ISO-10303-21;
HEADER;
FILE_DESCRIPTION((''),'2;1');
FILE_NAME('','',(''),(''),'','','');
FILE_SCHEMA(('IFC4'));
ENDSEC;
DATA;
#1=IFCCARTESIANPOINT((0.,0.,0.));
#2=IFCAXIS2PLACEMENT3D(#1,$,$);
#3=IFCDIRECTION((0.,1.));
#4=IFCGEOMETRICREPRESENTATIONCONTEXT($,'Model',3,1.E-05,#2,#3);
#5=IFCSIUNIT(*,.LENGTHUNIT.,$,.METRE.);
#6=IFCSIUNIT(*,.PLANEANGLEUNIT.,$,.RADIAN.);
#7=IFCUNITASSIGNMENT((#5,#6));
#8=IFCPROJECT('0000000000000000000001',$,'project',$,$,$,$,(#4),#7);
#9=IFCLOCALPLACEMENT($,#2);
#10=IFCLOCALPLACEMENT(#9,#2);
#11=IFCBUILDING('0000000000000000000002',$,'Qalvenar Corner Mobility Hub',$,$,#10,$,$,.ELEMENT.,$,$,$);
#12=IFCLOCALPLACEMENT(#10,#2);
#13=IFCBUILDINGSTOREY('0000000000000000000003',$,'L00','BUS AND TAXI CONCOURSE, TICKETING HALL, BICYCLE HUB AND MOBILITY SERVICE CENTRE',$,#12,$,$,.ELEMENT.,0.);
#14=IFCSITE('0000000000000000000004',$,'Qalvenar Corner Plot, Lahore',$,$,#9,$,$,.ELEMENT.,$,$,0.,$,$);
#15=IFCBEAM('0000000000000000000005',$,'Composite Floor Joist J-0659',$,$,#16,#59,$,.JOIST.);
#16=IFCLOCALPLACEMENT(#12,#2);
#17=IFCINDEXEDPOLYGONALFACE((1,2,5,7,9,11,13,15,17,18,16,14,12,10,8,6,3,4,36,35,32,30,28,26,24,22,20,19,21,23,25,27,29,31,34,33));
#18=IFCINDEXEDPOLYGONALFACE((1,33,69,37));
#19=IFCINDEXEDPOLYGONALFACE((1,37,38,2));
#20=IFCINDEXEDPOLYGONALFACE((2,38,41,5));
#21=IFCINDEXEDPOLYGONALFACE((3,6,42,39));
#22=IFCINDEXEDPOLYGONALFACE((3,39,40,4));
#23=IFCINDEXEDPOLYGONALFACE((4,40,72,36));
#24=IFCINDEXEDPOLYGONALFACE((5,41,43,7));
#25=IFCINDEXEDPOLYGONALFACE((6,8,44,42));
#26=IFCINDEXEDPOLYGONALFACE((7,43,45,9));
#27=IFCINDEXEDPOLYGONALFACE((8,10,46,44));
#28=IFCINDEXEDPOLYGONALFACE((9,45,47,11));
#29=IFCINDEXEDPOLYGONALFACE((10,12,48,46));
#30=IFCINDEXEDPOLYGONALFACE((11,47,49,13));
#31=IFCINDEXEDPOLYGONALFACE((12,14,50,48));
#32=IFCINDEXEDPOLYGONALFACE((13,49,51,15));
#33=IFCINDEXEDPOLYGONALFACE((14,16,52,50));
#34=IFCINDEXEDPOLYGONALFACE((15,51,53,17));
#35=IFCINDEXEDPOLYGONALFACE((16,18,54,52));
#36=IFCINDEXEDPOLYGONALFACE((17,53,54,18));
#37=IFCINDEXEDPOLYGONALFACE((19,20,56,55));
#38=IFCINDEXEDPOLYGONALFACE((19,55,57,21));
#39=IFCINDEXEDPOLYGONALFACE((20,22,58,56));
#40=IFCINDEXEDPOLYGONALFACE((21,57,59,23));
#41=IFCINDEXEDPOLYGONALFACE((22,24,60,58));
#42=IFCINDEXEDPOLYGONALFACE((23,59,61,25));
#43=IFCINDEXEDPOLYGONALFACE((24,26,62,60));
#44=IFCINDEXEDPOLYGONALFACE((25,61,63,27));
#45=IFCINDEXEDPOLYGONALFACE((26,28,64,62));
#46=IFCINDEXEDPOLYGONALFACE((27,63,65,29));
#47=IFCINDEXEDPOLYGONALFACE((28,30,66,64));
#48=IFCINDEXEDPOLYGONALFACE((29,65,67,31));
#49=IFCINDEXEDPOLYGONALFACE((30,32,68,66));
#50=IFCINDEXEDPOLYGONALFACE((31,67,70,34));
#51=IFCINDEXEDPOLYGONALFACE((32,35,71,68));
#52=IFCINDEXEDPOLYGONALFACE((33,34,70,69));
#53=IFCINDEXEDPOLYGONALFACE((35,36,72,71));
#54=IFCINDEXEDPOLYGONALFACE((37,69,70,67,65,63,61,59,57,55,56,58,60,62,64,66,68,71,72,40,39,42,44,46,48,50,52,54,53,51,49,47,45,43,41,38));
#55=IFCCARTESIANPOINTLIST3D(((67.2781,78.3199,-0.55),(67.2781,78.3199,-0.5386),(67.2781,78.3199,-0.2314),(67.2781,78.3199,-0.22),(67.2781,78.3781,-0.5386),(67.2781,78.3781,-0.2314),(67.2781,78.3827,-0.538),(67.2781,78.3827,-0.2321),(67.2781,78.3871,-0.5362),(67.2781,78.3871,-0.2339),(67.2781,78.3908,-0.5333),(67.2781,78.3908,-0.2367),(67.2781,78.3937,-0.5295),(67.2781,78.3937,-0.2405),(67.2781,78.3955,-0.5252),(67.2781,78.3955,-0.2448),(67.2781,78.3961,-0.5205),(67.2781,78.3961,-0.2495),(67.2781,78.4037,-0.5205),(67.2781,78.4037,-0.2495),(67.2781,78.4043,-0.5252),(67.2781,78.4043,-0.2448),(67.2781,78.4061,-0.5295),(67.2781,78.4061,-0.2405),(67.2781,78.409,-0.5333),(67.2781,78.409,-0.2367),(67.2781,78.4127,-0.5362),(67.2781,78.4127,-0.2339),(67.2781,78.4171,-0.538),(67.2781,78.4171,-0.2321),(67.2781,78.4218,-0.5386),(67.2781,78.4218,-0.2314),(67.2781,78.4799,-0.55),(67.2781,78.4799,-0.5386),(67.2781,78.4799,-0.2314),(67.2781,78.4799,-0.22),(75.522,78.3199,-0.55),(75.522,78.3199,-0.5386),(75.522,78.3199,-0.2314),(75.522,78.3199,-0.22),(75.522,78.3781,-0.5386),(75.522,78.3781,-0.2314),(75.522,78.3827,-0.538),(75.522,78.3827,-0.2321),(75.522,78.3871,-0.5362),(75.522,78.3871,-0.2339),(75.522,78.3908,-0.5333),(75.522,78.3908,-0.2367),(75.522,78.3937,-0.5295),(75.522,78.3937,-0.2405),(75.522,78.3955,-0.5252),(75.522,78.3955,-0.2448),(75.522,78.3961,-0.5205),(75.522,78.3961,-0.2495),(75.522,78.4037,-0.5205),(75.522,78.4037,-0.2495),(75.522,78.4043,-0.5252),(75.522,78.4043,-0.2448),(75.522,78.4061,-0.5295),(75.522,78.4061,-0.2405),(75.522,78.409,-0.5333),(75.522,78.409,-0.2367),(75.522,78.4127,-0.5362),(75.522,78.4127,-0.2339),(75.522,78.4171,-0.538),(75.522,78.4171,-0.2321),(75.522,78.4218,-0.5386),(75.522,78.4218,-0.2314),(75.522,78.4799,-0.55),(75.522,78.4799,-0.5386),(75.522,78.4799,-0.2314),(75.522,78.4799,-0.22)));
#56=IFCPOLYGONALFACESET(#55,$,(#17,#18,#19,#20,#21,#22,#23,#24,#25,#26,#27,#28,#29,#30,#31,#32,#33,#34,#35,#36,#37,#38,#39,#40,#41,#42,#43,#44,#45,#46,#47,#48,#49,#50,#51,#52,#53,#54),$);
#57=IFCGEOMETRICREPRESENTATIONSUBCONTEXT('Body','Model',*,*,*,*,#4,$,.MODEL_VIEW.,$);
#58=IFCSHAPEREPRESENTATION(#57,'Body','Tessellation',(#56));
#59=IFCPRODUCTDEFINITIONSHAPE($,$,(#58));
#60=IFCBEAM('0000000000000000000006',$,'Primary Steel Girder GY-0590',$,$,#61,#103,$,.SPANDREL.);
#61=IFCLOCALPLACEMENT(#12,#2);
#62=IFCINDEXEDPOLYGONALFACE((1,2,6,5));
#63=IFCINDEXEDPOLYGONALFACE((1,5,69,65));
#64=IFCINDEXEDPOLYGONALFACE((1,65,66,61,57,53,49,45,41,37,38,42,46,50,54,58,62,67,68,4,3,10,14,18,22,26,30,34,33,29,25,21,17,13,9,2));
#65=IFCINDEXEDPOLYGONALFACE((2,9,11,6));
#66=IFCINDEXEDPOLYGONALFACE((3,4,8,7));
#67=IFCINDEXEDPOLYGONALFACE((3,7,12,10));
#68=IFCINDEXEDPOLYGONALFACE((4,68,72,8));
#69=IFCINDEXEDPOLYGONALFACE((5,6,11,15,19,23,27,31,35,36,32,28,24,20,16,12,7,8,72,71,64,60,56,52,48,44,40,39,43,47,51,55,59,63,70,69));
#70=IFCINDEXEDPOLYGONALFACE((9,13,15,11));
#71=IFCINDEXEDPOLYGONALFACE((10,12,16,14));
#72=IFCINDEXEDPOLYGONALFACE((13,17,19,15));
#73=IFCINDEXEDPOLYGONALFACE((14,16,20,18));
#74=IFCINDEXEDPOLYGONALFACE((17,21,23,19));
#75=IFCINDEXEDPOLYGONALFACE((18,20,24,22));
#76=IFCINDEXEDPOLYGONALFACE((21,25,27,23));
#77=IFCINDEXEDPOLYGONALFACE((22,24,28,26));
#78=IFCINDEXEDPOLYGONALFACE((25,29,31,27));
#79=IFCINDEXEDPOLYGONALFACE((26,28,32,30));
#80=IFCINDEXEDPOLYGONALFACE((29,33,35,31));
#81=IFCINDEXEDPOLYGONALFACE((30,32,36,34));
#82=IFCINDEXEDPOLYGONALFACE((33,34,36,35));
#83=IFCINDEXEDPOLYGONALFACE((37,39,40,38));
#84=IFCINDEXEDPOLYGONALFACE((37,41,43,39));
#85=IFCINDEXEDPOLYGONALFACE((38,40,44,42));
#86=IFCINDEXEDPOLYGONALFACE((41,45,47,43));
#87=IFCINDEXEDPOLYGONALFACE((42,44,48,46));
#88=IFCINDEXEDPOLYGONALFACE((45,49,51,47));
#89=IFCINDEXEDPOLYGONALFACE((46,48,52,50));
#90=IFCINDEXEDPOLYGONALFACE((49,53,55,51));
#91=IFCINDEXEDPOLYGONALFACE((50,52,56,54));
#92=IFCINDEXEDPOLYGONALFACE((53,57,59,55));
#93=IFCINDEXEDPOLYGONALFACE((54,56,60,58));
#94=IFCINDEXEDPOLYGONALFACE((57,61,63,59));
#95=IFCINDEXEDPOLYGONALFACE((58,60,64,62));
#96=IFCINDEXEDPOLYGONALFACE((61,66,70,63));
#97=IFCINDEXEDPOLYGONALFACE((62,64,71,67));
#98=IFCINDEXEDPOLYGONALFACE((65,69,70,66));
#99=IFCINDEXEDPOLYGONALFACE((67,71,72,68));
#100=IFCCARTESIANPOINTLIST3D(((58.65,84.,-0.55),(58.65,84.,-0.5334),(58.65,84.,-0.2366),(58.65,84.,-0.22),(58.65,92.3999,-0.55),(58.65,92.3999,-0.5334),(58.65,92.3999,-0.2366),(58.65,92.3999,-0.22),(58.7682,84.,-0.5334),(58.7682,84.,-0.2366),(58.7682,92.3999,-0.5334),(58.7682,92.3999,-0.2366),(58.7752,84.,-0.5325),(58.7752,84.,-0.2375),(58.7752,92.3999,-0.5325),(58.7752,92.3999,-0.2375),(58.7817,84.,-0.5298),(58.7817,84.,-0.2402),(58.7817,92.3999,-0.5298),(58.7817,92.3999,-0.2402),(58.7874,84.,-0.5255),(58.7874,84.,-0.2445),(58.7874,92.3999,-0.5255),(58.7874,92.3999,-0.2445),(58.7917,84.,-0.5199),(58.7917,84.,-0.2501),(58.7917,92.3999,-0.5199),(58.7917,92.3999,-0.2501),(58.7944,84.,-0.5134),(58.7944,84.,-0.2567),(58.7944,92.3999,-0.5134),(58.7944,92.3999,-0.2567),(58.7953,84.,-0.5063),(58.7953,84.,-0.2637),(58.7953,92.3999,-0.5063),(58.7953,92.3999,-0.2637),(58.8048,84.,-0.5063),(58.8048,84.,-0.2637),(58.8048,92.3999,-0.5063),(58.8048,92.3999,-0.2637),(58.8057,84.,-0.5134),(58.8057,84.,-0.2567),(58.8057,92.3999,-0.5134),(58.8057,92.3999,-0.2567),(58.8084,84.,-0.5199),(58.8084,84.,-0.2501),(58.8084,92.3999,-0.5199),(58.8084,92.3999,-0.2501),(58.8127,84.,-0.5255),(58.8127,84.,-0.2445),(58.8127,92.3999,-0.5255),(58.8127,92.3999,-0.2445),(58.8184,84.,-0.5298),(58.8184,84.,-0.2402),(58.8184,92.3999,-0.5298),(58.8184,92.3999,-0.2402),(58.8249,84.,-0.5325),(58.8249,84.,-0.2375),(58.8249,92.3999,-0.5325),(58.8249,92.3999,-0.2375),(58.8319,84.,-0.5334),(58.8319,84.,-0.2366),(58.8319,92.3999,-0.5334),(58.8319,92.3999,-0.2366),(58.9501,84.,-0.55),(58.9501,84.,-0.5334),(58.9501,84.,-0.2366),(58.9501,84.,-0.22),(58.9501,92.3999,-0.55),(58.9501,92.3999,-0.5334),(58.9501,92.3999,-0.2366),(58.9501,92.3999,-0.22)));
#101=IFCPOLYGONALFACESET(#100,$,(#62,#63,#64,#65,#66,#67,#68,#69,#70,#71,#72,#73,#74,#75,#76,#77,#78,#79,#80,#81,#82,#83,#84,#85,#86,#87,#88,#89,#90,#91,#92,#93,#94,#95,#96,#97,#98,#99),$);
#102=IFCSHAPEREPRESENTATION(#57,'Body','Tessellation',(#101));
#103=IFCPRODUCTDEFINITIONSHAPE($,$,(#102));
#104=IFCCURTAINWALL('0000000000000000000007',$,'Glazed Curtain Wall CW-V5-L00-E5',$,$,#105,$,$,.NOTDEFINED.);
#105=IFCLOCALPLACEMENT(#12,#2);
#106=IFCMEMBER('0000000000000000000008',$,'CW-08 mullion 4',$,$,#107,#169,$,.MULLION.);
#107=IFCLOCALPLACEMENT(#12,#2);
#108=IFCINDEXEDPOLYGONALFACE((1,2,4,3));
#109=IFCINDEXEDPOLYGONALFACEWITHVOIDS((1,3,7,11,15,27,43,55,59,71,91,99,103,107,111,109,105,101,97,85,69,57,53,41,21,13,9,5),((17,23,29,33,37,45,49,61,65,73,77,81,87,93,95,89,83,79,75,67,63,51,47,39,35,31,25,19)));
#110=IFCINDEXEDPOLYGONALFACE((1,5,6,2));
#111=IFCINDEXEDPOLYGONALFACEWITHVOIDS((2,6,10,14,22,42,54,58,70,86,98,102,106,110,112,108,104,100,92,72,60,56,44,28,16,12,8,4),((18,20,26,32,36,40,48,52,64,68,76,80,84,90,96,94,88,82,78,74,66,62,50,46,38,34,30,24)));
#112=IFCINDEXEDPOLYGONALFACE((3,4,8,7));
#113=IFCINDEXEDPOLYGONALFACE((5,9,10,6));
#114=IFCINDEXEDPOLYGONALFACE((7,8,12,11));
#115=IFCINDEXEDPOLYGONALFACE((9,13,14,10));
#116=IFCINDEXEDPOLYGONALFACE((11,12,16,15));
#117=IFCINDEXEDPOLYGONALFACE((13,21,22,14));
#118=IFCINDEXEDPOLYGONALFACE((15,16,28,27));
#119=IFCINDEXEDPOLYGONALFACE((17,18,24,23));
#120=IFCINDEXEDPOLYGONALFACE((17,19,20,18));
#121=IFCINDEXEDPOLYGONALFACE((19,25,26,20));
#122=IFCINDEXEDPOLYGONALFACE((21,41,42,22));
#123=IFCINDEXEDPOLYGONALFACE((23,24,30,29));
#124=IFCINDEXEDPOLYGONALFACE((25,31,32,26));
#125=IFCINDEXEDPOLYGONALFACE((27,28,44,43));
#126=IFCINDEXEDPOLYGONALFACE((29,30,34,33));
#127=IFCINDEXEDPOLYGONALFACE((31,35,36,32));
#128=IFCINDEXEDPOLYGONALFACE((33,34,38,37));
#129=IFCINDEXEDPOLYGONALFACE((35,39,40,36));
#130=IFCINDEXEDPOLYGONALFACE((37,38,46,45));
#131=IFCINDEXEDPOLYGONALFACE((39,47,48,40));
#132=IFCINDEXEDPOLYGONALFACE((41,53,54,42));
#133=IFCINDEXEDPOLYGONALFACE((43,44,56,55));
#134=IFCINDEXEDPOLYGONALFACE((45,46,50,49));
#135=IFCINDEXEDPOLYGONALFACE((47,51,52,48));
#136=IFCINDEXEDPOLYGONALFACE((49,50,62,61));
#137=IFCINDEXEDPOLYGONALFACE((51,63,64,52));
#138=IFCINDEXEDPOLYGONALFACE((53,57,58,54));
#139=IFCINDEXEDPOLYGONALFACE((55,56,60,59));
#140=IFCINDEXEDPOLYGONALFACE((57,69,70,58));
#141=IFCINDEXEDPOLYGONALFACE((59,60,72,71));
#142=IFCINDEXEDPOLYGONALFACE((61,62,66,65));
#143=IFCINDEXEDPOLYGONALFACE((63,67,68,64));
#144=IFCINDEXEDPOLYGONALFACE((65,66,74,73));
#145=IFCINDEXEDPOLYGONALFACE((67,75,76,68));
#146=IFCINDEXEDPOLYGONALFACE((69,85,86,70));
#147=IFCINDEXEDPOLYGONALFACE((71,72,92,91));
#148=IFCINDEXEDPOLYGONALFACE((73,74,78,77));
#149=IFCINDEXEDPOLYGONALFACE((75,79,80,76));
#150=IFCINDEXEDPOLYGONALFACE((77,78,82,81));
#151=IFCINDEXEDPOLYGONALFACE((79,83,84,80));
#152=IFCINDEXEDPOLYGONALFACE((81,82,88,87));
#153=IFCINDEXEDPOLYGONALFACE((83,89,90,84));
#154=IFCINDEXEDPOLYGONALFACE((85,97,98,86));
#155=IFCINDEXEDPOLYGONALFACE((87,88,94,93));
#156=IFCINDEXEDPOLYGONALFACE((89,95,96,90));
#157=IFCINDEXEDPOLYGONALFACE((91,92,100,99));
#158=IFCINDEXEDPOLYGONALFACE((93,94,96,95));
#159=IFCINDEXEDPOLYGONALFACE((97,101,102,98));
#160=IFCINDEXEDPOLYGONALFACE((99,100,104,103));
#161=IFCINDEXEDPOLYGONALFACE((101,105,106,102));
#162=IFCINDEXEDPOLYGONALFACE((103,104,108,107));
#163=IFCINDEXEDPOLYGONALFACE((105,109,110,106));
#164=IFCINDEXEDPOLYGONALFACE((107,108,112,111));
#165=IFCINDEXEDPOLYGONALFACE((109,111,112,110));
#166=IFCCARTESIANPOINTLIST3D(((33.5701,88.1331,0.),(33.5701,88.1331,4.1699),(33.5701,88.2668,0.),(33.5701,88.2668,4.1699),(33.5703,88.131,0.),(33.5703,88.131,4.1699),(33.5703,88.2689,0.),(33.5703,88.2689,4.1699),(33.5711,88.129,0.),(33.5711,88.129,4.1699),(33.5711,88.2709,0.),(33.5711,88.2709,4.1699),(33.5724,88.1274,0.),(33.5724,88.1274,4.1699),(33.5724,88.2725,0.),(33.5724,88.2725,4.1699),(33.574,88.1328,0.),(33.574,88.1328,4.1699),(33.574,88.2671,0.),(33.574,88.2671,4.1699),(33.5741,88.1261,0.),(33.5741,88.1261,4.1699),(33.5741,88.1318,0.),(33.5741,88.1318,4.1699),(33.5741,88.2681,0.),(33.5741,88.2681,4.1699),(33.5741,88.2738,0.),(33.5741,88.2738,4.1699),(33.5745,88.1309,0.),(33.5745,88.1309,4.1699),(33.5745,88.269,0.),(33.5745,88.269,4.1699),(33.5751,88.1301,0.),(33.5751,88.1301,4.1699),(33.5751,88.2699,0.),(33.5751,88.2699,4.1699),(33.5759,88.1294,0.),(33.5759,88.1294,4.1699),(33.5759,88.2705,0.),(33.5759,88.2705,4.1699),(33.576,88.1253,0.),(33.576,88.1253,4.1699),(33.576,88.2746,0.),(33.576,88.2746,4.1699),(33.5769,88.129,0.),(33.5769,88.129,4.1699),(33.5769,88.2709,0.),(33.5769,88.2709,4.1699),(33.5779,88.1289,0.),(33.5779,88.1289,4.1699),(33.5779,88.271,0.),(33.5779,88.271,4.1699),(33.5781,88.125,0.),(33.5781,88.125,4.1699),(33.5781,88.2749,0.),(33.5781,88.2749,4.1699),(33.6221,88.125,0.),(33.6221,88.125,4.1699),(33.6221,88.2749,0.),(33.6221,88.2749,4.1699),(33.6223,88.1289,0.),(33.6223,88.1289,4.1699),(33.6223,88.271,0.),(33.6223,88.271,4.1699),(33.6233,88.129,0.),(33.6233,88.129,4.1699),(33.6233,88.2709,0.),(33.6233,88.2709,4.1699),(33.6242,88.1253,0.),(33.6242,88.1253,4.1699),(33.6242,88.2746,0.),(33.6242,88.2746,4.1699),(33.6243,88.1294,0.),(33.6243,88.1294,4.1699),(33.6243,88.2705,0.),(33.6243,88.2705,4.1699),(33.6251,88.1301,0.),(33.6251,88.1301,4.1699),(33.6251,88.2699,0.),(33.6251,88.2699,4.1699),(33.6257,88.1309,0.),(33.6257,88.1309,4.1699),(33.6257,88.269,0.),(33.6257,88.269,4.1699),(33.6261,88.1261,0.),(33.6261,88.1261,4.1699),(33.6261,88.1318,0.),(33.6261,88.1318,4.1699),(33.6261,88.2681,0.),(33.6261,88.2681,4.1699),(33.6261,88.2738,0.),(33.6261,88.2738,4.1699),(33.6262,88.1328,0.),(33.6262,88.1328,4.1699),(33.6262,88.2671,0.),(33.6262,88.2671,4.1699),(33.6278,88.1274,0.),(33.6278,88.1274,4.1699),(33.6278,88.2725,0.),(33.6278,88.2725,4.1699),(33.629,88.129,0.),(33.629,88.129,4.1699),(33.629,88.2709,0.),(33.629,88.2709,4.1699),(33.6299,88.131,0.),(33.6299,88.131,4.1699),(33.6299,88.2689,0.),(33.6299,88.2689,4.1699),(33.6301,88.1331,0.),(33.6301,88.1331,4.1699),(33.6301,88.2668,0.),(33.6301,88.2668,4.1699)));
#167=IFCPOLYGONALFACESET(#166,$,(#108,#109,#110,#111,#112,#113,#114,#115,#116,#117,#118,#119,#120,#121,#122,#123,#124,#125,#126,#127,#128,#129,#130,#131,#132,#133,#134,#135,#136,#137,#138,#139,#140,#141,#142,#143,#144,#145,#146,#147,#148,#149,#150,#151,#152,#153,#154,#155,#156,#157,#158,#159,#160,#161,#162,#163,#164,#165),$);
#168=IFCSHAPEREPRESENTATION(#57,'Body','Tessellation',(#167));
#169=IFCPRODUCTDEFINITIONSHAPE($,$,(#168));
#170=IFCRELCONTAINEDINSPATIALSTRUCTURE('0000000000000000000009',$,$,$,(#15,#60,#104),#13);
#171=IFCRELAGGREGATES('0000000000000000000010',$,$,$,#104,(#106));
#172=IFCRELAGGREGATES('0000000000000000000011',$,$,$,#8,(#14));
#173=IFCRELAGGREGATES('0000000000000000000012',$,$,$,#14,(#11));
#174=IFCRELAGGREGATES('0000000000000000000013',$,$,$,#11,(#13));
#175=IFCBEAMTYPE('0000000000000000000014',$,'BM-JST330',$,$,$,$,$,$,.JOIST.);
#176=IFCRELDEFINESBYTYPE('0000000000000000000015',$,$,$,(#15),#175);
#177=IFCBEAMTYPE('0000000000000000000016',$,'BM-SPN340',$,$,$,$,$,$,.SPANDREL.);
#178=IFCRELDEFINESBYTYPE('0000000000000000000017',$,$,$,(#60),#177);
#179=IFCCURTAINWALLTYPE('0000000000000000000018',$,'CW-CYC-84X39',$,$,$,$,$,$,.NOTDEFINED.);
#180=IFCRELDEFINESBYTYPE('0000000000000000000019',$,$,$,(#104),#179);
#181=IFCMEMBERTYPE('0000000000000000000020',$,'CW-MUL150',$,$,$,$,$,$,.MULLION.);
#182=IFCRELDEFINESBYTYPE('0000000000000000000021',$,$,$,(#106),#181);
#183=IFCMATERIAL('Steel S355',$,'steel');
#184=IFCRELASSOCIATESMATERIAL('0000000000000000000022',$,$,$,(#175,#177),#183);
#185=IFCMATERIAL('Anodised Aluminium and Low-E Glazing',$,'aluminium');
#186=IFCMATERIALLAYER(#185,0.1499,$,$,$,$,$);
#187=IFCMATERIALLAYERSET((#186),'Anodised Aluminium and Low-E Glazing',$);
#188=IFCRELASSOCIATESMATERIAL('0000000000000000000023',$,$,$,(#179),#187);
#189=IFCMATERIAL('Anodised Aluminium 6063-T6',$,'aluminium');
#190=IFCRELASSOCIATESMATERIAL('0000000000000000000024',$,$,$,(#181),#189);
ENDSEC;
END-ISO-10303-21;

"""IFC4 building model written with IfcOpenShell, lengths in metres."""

from ifc_helpers import new_model, si_unit, direction, frame, origin, origin_2d, place, context, subcontext, project, spatial, hollow_rectangle, i_section, extrude, material, layer, layer_set, material_profile, profile_set, type_object, element, aggregate, save


model = new_model("IFC4")

# Units and contexts
model_context = context("Model", 3, precision=1e-05, world=origin(), true_north=direction((0.0, 1.0)))
body_context = subcontext(model_context, "Body", "Model", "MODEL_VIEW")
ifc_project = project(units=[si_unit("LENGTHUNIT", "METRE"), si_unit("PLANEANGLEUNIT", "RADIAN")], contexts=[model_context])

# Site, building, storey
site_placement = place(None, origin())
site = spatial("IfcSite", under=ifc_project, at=site_placement, Name="Qalvenar Corner Plot, Lahore", CompositionType="ELEMENT", RefElevation=0.0)
building_placement = place(site_placement, origin())
building = spatial("IfcBuilding", under=site, at=building_placement, Name="Qalvenar Corner Mobility Hub", CompositionType="ELEMENT")
storey_placement = place(building_placement, origin())
storey = spatial("IfcBuildingStorey", under=building, at=storey_placement, Name="L00", Description="BUS AND TAXI CONCOURSE, TICKETING HALL, BICYCLE HUB AND MOBILITY SERVICE CENTRE", CompositionType="ELEMENT", Elevation=0.0)

# Beams
ifc_material_1 = material(Name="Steel S355", Category="steel")
ifc_material_profile_1 = material_profile(ifc_material_1, i_section(OverallWidth=0.1599, OverallDepth=0.3301, WebThickness=0.0076, FlangeThickness=0.0115, FilletRadius=0.0181, at=origin_2d()), Name="IPE330")
ifc_profile_set_1 = profile_set([ifc_material_profile_1], Name="Steel S355")
beam_type_1 = type_object("IfcBeamType", Name="BM-JST330", PredefinedType="JOIST", material=ifc_profile_set_1)
beam_1_placement = place(storey_placement, frame((67.2781, 78.3999, -0.385), z_axis=(1.0, 0.0, 0.0), x_axis=(0.0, 1.0, 0.0)))
element("IfcBeam", 1, at=beam_1_placement, inside=storey, type_object=beam_type_1, Name="Composite Floor Joist J-0659", PredefinedType="JOIST", context=body_context, shape_type="SweptSolid", body=[
    extrude(i_section(OverallWidth=0.1599, OverallDepth=0.3301, WebThickness=0.0076, FlangeThickness=0.0115, FilletRadius=0.0181, at=origin_2d()), origin(), (0.0, 0.0, 1.0), 8.2439),
])
ifc_material_profile_2 = material_profile(ifc_material_1, i_section(OverallWidth=0.3, OverallDepth=0.3301, WebThickness=0.0095, FlangeThickness=0.0166, FilletRadius=0.0271, at=origin_2d()), Name="HEA340")
ifc_profile_set_2 = profile_set([ifc_material_profile_2], Name="Steel S355")
beam_type_2 = type_object("IfcBeamType", Name="BM-SPN340", PredefinedType="SPANDREL", material=ifc_profile_set_2)
beam_2_placement = place(storey_placement, frame((58.8, 84.0, -0.385), z_axis=(0.0, 1.0, 0.0), x_axis=(-1.0, 0.0, 0.0)))
element("IfcBeam", 2, at=beam_2_placement, inside=storey, type_object=beam_type_2, Name="Primary Steel Girder GY-0590", PredefinedType="SPANDREL", context=body_context, shape_type="SweptSolid", body=[
    extrude(i_section(OverallWidth=0.3, OverallDepth=0.3301, WebThickness=0.0095, FlangeThickness=0.0166, FilletRadius=0.0271, at=origin_2d()), origin(), (0.0, 0.0, 1.0), 8.3999),
])

# Curtain wall, member
ifc_material_2 = material(Name="Anodised Aluminium and Low-E Glazing", Category="aluminium")
ifc_layer_1 = layer(ifc_material_2, 0.1499)
ifc_layer_set_1 = layer_set([ifc_layer_1], Name="Anodised Aluminium and Low-E Glazing")
curtain_wall_type = type_object("IfcCurtainWallType", Name="CW-CYC-84X39", PredefinedType="NOTDEFINED", material=ifc_layer_set_1)
curtain_wall_placement = place(storey_placement, origin())
curtain_wall = element("IfcCurtainWall", 3, at=curtain_wall_placement, inside=storey, type_object=curtain_wall_type, Name="Glazed Curtain Wall CW-V5-L00-E5", PredefinedType="NOTDEFINED")
ifc_material_3 = material(Name="Anodised Aluminium 6063-T6", Category="aluminium")
ifc_material_profile_3 = material_profile(ifc_material_3, hollow_rectangle(XDim=0.0601, YDim=0.1499, WallThickness=0.0039, InnerFilletRadius=0.0039, OuterFilletRadius=0.0081, at=origin_2d()), Name="RHS150x60x4")
ifc_profile_set_3 = profile_set([ifc_material_profile_3], Name="Anodised Aluminium 6063-T6")
member_type_1 = type_object("IfcMemberType", Name="CW-MUL150", PredefinedType="MULLION", material=ifc_profile_set_3)
member_1_placement = place(storey_placement, frame((33.6001, 88.2, 0.0), z_axis=(0.0, 0.0, 1.0), x_axis=(-1.0, 0.0, 0.0)))
member_1 = element("IfcMember", 4, at=member_1_placement, type_object=member_type_1, Name="CW-08 mullion 4", PredefinedType="MULLION", context=body_context, shape_type="SweptSolid", body=[
    extrude(hollow_rectangle(XDim=0.0601, YDim=0.1499, WallThickness=0.0039, InnerFilletRadius=0.0039, OuterFilletRadius=0.0081, at=origin_2d()), origin(), (0.0, 0.0, 1.0), 4.1699),
])
aggregate(curtain_wall, [member_1])

save(model, "model.ifc")
